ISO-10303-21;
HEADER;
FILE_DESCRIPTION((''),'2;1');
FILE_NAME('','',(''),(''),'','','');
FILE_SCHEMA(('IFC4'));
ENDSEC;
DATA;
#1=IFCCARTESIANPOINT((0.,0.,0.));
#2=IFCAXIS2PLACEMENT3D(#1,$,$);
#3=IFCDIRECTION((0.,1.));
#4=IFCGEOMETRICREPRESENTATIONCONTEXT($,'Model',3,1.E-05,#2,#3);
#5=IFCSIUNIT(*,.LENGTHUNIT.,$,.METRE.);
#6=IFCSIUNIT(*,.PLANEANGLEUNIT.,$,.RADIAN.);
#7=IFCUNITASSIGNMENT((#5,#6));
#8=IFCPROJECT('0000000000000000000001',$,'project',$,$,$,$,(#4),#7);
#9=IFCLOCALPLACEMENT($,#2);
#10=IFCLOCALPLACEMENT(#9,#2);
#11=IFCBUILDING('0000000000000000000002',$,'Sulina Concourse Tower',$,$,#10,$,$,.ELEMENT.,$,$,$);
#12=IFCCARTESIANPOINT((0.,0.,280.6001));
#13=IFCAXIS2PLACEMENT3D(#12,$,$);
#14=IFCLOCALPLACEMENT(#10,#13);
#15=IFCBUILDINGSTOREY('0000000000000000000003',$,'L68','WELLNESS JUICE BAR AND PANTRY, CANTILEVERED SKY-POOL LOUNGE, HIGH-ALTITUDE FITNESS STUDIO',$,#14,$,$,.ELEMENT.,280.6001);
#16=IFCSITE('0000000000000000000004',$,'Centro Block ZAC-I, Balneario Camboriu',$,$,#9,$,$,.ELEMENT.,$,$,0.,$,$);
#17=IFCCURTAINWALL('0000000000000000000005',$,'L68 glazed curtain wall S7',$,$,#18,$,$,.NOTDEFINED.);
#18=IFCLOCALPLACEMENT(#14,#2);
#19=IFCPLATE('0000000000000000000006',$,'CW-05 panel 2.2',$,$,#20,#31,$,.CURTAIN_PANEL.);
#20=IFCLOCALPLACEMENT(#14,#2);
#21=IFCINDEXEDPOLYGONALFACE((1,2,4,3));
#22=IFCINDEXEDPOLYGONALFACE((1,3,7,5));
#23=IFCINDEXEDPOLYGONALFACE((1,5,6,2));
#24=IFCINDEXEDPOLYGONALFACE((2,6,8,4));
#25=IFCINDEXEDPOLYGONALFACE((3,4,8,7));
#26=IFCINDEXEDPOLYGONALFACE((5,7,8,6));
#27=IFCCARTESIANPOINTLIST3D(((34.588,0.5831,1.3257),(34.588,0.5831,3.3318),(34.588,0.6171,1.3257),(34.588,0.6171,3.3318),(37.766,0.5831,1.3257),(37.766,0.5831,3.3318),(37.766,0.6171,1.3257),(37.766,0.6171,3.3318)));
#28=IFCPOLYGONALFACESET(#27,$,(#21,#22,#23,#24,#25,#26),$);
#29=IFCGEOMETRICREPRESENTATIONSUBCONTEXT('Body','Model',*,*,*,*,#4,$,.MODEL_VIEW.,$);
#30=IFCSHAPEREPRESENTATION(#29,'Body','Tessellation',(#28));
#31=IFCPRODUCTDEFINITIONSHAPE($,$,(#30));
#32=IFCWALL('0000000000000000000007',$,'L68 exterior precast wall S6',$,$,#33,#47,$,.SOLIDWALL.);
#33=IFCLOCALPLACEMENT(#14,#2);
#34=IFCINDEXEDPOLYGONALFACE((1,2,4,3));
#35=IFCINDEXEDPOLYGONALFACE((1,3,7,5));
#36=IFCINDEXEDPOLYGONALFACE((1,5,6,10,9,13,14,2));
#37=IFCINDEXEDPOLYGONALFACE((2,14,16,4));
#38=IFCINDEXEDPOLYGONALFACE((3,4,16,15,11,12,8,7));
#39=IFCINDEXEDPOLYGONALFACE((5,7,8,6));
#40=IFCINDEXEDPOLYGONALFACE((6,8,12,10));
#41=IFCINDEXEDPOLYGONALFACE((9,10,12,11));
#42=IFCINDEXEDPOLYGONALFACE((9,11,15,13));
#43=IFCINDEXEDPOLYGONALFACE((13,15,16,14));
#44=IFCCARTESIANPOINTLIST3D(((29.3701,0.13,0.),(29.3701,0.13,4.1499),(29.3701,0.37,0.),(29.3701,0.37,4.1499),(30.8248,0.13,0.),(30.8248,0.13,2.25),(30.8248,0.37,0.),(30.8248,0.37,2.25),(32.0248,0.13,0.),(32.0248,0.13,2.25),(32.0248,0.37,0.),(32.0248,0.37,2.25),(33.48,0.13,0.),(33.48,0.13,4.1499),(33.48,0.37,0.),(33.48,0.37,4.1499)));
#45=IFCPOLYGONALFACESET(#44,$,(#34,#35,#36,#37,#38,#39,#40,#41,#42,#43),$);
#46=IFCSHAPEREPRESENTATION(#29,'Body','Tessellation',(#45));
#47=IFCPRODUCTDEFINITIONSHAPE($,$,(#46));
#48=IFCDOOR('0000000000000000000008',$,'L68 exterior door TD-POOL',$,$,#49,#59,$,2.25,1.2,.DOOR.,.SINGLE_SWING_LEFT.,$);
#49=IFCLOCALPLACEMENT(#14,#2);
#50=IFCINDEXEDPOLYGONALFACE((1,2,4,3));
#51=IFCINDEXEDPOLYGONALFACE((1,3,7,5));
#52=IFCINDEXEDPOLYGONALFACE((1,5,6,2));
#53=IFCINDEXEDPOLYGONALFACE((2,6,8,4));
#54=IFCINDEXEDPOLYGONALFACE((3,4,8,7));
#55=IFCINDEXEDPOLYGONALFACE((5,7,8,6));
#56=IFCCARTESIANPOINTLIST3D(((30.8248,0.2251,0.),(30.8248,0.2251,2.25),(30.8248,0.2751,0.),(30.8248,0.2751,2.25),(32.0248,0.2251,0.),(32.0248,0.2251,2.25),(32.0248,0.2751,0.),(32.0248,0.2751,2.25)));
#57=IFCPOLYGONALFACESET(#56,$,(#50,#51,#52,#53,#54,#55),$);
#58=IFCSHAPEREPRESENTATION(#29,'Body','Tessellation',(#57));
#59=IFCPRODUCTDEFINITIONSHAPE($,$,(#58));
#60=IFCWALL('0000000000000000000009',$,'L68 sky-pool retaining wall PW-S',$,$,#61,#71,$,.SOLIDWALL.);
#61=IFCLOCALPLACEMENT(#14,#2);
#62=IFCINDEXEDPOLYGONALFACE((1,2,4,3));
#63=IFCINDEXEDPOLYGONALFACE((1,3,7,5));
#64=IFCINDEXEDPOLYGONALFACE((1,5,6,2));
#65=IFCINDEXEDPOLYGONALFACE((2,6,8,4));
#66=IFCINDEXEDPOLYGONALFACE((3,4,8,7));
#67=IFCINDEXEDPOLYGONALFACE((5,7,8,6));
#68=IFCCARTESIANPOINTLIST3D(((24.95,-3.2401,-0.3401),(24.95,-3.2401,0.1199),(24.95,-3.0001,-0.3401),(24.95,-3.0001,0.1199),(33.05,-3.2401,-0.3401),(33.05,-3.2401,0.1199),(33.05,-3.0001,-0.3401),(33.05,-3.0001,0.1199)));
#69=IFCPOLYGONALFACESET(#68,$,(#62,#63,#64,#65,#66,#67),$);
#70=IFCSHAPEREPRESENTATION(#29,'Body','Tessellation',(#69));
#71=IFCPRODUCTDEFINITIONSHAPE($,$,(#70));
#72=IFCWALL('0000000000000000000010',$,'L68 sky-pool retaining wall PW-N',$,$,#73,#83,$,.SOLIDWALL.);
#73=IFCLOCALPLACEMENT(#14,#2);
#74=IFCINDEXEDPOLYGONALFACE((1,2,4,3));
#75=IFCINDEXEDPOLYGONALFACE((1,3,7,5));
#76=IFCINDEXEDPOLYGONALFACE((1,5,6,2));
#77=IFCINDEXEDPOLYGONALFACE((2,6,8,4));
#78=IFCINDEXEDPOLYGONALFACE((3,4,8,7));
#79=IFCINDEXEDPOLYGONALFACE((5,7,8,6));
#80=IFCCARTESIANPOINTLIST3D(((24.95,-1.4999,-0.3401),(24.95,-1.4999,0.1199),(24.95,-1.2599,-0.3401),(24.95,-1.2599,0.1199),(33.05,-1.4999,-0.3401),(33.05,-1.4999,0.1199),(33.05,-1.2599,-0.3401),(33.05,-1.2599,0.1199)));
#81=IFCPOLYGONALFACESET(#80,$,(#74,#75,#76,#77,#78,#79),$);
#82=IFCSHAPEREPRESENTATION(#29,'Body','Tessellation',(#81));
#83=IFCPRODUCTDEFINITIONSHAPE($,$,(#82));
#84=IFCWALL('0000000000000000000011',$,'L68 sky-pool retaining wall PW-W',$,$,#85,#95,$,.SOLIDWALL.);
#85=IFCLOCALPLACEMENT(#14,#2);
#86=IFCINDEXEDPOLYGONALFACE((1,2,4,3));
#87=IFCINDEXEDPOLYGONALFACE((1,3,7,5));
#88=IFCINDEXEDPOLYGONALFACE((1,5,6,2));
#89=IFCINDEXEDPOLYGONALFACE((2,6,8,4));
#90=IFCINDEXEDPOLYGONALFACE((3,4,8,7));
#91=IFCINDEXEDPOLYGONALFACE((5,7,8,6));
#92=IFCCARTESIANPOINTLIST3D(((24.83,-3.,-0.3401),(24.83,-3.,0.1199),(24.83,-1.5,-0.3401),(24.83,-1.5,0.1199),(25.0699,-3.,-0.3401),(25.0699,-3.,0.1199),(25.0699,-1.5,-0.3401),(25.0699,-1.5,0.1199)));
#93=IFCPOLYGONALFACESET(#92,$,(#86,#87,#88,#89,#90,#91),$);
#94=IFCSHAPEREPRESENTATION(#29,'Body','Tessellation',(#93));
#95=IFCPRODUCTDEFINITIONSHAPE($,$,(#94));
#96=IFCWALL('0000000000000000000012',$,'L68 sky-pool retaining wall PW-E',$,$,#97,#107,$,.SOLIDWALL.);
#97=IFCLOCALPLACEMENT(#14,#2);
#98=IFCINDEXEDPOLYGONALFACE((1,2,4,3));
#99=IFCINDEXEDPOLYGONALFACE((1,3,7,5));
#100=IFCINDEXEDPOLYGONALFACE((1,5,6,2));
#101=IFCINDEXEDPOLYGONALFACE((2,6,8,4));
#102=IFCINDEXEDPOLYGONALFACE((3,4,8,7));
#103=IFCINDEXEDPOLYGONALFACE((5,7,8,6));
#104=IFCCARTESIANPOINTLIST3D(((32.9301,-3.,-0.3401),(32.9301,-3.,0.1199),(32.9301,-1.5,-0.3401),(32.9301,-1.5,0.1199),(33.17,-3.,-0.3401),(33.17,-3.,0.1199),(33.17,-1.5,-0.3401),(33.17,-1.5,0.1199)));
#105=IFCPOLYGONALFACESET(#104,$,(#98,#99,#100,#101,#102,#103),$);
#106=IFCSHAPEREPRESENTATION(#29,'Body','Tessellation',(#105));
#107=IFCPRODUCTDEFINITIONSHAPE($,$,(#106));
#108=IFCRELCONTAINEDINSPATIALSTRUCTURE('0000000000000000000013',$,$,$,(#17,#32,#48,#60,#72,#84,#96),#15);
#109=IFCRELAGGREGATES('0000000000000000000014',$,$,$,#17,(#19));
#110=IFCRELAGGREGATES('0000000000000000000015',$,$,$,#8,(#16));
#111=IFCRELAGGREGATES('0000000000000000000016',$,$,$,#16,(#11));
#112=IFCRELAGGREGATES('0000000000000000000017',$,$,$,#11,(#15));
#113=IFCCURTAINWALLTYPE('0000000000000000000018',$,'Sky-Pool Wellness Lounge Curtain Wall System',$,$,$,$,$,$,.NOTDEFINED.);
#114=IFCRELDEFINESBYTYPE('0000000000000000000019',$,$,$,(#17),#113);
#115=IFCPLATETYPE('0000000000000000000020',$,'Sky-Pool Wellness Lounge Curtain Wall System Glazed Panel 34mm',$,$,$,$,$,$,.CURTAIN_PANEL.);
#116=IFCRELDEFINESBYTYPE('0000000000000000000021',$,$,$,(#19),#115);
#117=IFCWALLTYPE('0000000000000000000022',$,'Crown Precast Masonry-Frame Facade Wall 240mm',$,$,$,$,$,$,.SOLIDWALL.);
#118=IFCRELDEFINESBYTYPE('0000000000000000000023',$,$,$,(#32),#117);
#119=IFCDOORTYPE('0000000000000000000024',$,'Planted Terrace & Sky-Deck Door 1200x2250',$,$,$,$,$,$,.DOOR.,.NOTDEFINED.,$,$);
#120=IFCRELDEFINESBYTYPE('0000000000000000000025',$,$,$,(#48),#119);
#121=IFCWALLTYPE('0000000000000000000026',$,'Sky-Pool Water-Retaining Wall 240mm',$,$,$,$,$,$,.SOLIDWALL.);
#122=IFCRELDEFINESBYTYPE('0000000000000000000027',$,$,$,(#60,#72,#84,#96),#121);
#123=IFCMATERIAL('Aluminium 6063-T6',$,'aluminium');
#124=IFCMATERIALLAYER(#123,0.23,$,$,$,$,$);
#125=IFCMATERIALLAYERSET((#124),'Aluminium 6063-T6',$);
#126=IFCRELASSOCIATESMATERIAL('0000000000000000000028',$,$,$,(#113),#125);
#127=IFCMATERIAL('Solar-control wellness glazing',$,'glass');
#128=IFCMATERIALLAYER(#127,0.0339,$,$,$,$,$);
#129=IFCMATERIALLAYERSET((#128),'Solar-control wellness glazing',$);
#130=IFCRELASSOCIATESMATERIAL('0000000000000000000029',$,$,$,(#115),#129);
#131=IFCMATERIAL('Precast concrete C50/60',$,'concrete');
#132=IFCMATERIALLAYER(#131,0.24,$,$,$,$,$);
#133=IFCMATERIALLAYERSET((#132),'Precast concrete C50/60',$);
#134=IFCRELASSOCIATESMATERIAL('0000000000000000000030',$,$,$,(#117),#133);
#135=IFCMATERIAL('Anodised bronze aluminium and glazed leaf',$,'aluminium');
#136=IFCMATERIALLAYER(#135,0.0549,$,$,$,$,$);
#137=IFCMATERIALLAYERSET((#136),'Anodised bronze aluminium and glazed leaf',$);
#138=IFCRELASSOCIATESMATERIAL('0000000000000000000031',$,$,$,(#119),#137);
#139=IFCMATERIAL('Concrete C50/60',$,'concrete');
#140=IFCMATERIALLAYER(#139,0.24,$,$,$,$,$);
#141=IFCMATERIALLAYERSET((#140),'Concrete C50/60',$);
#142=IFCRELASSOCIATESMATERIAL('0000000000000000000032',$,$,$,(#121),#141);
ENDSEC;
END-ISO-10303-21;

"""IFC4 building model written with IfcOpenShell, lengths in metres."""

from ifc_helpers import new_model, si_unit, direction, frame, frame_2d, origin, origin_2d, place, context, subcontext, project, spatial, rectangle, extrude, material, layer, layer_set, type_object, element, fill, aggregate, save


model = new_model("IFC4")

# Units and contexts
model_context = context("Model", 3, precision=1e-05, world=origin(), true_north=direction((0.0, 1.0)))
body_context = subcontext(model_context, "Body", "Model", "MODEL_VIEW")
ifc_project = project(units=[si_unit("LENGTHUNIT", "METRE"), si_unit("PLANEANGLEUNIT", "RADIAN")], contexts=[model_context])

# Site, building, storey
site_placement = place(None, origin())
site = spatial("IfcSite", under=ifc_project, at=site_placement, Name="Centro Block ZAC-I, Balneario Camboriu", CompositionType="ELEMENT", RefElevation=0.0)
building_placement = place(site_placement, origin())
building = spatial("IfcBuilding", under=site, at=building_placement, Name="Sulina Concourse Tower", CompositionType="ELEMENT")
storey_placement = place(building_placement, frame((0.0, 0.0, 280.6001)))
storey = spatial("IfcBuildingStorey", under=building, at=storey_placement, Name="L68", Description="WELLNESS JUICE BAR AND PANTRY, CANTILEVERED SKY-POOL LOUNGE, HIGH-ALTITUDE FITNESS STUDIO", CompositionType="ELEMENT", Elevation=280.6001)

# Curtain wall
ifc_material_1 = material(Name="Aluminium 6063-T6", Category="aluminium")
ifc_layer_1 = layer(ifc_material_1, 0.23)
ifc_layer_set_1 = layer_set([ifc_layer_1], Name="Aluminium 6063-T6")
curtain_wall_type = type_object("IfcCurtainWallType", Name="Sky-Pool Wellness Lounge Curtain Wall System", PredefinedType="NOTDEFINED", material=ifc_layer_set_1)
curtain_wall_1_placement = place(storey_placement, origin())
curtain_wall_1 = element("IfcCurtainWall", 1, at=curtain_wall_1_placement, inside=storey, type_object=curtain_wall_type, Name="L68 glazed curtain wall S7", PredefinedType="NOTDEFINED")

# Plate
ifc_material_2 = material(Name="Solar-control wellness glazing", Category="glass")
ifc_layer_2 = layer(ifc_material_2, 0.0339)
ifc_layer_set_2 = layer_set([ifc_layer_2], Name="Solar-control wellness glazing")
plate_type = type_object("IfcPlateType", Name="Sky-Pool Wellness Lounge Curtain Wall System Glazed Panel 34mm", PredefinedType="CURTAIN_PANEL", material=ifc_layer_set_2)
plate_1_placement = place(storey_placement, frame((36.177, 0.6001, 1.3257), z_axis=(0.0, 0.0, 1.0), x_axis=(-1.0, 0.0, 0.0)))
plate_1 = element("IfcPlate", 2, at=plate_1_placement, type_object=plate_type, Name="CW-05 panel 2.2", PredefinedType="CURTAIN_PANEL", context=body_context, shape_type="SweptSolid", body=[
    extrude(rectangle(XDim=3.178, YDim=0.0339, at=origin_2d()), origin(), (0.0, 0.0, 1.0), 2.0061),
])
aggregate(curtain_wall_1, [plate_1])

# Wall, opening, door
ifc_material_3 = material(Name="Precast concrete C50/60", Category="concrete")
ifc_layer_3 = layer(ifc_material_3, 0.24)
ifc_layer_set_3 = layer_set([ifc_layer_3], Name="Precast concrete C50/60")
wall_type_1 = type_object("IfcWallType", Name="Crown Precast Masonry-Frame Facade Wall 240mm", PredefinedType="SOLIDWALL", material=ifc_layer_set_3)
wall_placement = place(storey_placement, frame((33.48, 0.25, 0.0), z_axis=(0.0, 0.0, 1.0), x_axis=(-1.0, 0.0, 0.0)))
wall = element("IfcWall", 3, at=wall_placement, inside=storey, type_object=wall_type_1, Name="L68 exterior precast wall S6", PredefinedType="SOLIDWALL", context=body_context, shape_type="SweptSolid", body=[
    extrude(rectangle(XDim=4.1099, YDim=0.24, at=frame_2d((2.0549, 0.0))), origin(), (0.0, 0.0, 1.0), 4.1499),
])
opening_placement = place(wall_placement, frame((1.4551, 0.0, 0.0)))
opening = element("IfcOpeningElement", 4, at=opening_placement, cuts=wall, PredefinedType="OPENING", context=body_context, shape_type="SweptSolid", body=[
    extrude(rectangle(XDim=1.2, YDim=2.25, at=frame_2d((0.6001, 1.125))), frame((0.0, 0.1299, 0.0), z_axis=(0.0, -1.0, 0.0), x_axis=(1.0, 0.0, 0.0)), (0.0, 0.0, 1.0), 0.26),
])
ifc_material_4 = material(Name="Anodised bronze aluminium and glazed leaf", Category="aluminium")
ifc_layer_4 = layer(ifc_material_4, 0.0549)
ifc_layer_set_4 = layer_set([ifc_layer_4], Name="Anodised bronze aluminium and glazed leaf")
door_type = type_object("IfcDoorType", Name="Planted Terrace & Sky-Deck Door 1200x2250", OperationType="NOTDEFINED", PredefinedType="DOOR", material=ifc_layer_set_4)
door_placement = place(opening_placement, origin())
door = element("IfcDoor", 5, at=door_placement, inside=storey, type_object=door_type, Name="L68 exterior door TD-POOL", OperationType="SINGLE_SWING_LEFT", OverallHeight=2.25, OverallWidth=1.2, PredefinedType="DOOR", context=body_context, shape_type="SweptSolid", body=[
    extrude(rectangle(XDim=1.2, YDim=2.25, at=frame_2d((0.6001, 1.125))), frame((0.0, 0.0249, 0.0), z_axis=(0.0, -1.0, 0.0), x_axis=(1.0, 0.0, 0.0)), (0.0, 0.0, 1.0), 0.05),
])
fill(opening, door)

# Walls
ifc_material_5 = material(Name="Concrete C50/60", Category="concrete")
ifc_layer_5 = layer(ifc_material_5, 0.24)
ifc_layer_set_5 = layer_set([ifc_layer_5], Name="Concrete C50/60")
wall_type_2 = type_object("IfcWallType", Name="Sky-Pool Water-Retaining Wall 240mm", PredefinedType="SOLIDWALL", material=ifc_layer_set_5)
for number, where, z_axis, x_axis, name in (
    (6, (33.05, -3.1201, -0.3401), (0.0, 0.0, 1.0), (-1.0, 0.0, 0.0), "L68 sky-pool retaining wall PW-S"),
    (7, (24.95, -1.3799, -0.3401), (0.0, 0.0, 1.0), (1.0, 0.0, 0.0), "L68 sky-pool retaining wall PW-N"),
):
    element("IfcWall", number, at=place(storey_placement, frame(where, z_axis=z_axis, x_axis=x_axis)), inside=storey, type_object=wall_type_2, Name=name, PredefinedType="SOLIDWALL", context=body_context, shape_type="SweptSolid", body=[
        extrude(rectangle(XDim=8.1001, YDim=0.24, at=frame_2d((4.05, 0.0))), origin(), (0.0, 0.0, 1.0), 0.46),
    ])
for number, where, z_axis, x_axis, name in (
    (8, (24.95, -3.0, -0.3401), (0.0, 0.0, 1.0), (0.0, 1.0, 0.0), "L68 sky-pool retaining wall PW-W"),
    (9, (33.05, -1.5, -0.3401), (0.0, 0.0, 1.0), (0.0, -1.0, 0.0), "L68 sky-pool retaining wall PW-E"),
):
    element("IfcWall", number, at=place(storey_placement, frame(where, z_axis=z_axis, x_axis=x_axis)), inside=storey, type_object=wall_type_2, Name=name, PredefinedType="SOLIDWALL", context=body_context, shape_type="SweptSolid", body=[
        extrude(rectangle(XDim=1.5, YDim=0.24, at=frame_2d((0.75, 0.0))), origin(), (0.0, 0.0, 1.0), 0.46),
    ])

save(model, "model.ifc")
